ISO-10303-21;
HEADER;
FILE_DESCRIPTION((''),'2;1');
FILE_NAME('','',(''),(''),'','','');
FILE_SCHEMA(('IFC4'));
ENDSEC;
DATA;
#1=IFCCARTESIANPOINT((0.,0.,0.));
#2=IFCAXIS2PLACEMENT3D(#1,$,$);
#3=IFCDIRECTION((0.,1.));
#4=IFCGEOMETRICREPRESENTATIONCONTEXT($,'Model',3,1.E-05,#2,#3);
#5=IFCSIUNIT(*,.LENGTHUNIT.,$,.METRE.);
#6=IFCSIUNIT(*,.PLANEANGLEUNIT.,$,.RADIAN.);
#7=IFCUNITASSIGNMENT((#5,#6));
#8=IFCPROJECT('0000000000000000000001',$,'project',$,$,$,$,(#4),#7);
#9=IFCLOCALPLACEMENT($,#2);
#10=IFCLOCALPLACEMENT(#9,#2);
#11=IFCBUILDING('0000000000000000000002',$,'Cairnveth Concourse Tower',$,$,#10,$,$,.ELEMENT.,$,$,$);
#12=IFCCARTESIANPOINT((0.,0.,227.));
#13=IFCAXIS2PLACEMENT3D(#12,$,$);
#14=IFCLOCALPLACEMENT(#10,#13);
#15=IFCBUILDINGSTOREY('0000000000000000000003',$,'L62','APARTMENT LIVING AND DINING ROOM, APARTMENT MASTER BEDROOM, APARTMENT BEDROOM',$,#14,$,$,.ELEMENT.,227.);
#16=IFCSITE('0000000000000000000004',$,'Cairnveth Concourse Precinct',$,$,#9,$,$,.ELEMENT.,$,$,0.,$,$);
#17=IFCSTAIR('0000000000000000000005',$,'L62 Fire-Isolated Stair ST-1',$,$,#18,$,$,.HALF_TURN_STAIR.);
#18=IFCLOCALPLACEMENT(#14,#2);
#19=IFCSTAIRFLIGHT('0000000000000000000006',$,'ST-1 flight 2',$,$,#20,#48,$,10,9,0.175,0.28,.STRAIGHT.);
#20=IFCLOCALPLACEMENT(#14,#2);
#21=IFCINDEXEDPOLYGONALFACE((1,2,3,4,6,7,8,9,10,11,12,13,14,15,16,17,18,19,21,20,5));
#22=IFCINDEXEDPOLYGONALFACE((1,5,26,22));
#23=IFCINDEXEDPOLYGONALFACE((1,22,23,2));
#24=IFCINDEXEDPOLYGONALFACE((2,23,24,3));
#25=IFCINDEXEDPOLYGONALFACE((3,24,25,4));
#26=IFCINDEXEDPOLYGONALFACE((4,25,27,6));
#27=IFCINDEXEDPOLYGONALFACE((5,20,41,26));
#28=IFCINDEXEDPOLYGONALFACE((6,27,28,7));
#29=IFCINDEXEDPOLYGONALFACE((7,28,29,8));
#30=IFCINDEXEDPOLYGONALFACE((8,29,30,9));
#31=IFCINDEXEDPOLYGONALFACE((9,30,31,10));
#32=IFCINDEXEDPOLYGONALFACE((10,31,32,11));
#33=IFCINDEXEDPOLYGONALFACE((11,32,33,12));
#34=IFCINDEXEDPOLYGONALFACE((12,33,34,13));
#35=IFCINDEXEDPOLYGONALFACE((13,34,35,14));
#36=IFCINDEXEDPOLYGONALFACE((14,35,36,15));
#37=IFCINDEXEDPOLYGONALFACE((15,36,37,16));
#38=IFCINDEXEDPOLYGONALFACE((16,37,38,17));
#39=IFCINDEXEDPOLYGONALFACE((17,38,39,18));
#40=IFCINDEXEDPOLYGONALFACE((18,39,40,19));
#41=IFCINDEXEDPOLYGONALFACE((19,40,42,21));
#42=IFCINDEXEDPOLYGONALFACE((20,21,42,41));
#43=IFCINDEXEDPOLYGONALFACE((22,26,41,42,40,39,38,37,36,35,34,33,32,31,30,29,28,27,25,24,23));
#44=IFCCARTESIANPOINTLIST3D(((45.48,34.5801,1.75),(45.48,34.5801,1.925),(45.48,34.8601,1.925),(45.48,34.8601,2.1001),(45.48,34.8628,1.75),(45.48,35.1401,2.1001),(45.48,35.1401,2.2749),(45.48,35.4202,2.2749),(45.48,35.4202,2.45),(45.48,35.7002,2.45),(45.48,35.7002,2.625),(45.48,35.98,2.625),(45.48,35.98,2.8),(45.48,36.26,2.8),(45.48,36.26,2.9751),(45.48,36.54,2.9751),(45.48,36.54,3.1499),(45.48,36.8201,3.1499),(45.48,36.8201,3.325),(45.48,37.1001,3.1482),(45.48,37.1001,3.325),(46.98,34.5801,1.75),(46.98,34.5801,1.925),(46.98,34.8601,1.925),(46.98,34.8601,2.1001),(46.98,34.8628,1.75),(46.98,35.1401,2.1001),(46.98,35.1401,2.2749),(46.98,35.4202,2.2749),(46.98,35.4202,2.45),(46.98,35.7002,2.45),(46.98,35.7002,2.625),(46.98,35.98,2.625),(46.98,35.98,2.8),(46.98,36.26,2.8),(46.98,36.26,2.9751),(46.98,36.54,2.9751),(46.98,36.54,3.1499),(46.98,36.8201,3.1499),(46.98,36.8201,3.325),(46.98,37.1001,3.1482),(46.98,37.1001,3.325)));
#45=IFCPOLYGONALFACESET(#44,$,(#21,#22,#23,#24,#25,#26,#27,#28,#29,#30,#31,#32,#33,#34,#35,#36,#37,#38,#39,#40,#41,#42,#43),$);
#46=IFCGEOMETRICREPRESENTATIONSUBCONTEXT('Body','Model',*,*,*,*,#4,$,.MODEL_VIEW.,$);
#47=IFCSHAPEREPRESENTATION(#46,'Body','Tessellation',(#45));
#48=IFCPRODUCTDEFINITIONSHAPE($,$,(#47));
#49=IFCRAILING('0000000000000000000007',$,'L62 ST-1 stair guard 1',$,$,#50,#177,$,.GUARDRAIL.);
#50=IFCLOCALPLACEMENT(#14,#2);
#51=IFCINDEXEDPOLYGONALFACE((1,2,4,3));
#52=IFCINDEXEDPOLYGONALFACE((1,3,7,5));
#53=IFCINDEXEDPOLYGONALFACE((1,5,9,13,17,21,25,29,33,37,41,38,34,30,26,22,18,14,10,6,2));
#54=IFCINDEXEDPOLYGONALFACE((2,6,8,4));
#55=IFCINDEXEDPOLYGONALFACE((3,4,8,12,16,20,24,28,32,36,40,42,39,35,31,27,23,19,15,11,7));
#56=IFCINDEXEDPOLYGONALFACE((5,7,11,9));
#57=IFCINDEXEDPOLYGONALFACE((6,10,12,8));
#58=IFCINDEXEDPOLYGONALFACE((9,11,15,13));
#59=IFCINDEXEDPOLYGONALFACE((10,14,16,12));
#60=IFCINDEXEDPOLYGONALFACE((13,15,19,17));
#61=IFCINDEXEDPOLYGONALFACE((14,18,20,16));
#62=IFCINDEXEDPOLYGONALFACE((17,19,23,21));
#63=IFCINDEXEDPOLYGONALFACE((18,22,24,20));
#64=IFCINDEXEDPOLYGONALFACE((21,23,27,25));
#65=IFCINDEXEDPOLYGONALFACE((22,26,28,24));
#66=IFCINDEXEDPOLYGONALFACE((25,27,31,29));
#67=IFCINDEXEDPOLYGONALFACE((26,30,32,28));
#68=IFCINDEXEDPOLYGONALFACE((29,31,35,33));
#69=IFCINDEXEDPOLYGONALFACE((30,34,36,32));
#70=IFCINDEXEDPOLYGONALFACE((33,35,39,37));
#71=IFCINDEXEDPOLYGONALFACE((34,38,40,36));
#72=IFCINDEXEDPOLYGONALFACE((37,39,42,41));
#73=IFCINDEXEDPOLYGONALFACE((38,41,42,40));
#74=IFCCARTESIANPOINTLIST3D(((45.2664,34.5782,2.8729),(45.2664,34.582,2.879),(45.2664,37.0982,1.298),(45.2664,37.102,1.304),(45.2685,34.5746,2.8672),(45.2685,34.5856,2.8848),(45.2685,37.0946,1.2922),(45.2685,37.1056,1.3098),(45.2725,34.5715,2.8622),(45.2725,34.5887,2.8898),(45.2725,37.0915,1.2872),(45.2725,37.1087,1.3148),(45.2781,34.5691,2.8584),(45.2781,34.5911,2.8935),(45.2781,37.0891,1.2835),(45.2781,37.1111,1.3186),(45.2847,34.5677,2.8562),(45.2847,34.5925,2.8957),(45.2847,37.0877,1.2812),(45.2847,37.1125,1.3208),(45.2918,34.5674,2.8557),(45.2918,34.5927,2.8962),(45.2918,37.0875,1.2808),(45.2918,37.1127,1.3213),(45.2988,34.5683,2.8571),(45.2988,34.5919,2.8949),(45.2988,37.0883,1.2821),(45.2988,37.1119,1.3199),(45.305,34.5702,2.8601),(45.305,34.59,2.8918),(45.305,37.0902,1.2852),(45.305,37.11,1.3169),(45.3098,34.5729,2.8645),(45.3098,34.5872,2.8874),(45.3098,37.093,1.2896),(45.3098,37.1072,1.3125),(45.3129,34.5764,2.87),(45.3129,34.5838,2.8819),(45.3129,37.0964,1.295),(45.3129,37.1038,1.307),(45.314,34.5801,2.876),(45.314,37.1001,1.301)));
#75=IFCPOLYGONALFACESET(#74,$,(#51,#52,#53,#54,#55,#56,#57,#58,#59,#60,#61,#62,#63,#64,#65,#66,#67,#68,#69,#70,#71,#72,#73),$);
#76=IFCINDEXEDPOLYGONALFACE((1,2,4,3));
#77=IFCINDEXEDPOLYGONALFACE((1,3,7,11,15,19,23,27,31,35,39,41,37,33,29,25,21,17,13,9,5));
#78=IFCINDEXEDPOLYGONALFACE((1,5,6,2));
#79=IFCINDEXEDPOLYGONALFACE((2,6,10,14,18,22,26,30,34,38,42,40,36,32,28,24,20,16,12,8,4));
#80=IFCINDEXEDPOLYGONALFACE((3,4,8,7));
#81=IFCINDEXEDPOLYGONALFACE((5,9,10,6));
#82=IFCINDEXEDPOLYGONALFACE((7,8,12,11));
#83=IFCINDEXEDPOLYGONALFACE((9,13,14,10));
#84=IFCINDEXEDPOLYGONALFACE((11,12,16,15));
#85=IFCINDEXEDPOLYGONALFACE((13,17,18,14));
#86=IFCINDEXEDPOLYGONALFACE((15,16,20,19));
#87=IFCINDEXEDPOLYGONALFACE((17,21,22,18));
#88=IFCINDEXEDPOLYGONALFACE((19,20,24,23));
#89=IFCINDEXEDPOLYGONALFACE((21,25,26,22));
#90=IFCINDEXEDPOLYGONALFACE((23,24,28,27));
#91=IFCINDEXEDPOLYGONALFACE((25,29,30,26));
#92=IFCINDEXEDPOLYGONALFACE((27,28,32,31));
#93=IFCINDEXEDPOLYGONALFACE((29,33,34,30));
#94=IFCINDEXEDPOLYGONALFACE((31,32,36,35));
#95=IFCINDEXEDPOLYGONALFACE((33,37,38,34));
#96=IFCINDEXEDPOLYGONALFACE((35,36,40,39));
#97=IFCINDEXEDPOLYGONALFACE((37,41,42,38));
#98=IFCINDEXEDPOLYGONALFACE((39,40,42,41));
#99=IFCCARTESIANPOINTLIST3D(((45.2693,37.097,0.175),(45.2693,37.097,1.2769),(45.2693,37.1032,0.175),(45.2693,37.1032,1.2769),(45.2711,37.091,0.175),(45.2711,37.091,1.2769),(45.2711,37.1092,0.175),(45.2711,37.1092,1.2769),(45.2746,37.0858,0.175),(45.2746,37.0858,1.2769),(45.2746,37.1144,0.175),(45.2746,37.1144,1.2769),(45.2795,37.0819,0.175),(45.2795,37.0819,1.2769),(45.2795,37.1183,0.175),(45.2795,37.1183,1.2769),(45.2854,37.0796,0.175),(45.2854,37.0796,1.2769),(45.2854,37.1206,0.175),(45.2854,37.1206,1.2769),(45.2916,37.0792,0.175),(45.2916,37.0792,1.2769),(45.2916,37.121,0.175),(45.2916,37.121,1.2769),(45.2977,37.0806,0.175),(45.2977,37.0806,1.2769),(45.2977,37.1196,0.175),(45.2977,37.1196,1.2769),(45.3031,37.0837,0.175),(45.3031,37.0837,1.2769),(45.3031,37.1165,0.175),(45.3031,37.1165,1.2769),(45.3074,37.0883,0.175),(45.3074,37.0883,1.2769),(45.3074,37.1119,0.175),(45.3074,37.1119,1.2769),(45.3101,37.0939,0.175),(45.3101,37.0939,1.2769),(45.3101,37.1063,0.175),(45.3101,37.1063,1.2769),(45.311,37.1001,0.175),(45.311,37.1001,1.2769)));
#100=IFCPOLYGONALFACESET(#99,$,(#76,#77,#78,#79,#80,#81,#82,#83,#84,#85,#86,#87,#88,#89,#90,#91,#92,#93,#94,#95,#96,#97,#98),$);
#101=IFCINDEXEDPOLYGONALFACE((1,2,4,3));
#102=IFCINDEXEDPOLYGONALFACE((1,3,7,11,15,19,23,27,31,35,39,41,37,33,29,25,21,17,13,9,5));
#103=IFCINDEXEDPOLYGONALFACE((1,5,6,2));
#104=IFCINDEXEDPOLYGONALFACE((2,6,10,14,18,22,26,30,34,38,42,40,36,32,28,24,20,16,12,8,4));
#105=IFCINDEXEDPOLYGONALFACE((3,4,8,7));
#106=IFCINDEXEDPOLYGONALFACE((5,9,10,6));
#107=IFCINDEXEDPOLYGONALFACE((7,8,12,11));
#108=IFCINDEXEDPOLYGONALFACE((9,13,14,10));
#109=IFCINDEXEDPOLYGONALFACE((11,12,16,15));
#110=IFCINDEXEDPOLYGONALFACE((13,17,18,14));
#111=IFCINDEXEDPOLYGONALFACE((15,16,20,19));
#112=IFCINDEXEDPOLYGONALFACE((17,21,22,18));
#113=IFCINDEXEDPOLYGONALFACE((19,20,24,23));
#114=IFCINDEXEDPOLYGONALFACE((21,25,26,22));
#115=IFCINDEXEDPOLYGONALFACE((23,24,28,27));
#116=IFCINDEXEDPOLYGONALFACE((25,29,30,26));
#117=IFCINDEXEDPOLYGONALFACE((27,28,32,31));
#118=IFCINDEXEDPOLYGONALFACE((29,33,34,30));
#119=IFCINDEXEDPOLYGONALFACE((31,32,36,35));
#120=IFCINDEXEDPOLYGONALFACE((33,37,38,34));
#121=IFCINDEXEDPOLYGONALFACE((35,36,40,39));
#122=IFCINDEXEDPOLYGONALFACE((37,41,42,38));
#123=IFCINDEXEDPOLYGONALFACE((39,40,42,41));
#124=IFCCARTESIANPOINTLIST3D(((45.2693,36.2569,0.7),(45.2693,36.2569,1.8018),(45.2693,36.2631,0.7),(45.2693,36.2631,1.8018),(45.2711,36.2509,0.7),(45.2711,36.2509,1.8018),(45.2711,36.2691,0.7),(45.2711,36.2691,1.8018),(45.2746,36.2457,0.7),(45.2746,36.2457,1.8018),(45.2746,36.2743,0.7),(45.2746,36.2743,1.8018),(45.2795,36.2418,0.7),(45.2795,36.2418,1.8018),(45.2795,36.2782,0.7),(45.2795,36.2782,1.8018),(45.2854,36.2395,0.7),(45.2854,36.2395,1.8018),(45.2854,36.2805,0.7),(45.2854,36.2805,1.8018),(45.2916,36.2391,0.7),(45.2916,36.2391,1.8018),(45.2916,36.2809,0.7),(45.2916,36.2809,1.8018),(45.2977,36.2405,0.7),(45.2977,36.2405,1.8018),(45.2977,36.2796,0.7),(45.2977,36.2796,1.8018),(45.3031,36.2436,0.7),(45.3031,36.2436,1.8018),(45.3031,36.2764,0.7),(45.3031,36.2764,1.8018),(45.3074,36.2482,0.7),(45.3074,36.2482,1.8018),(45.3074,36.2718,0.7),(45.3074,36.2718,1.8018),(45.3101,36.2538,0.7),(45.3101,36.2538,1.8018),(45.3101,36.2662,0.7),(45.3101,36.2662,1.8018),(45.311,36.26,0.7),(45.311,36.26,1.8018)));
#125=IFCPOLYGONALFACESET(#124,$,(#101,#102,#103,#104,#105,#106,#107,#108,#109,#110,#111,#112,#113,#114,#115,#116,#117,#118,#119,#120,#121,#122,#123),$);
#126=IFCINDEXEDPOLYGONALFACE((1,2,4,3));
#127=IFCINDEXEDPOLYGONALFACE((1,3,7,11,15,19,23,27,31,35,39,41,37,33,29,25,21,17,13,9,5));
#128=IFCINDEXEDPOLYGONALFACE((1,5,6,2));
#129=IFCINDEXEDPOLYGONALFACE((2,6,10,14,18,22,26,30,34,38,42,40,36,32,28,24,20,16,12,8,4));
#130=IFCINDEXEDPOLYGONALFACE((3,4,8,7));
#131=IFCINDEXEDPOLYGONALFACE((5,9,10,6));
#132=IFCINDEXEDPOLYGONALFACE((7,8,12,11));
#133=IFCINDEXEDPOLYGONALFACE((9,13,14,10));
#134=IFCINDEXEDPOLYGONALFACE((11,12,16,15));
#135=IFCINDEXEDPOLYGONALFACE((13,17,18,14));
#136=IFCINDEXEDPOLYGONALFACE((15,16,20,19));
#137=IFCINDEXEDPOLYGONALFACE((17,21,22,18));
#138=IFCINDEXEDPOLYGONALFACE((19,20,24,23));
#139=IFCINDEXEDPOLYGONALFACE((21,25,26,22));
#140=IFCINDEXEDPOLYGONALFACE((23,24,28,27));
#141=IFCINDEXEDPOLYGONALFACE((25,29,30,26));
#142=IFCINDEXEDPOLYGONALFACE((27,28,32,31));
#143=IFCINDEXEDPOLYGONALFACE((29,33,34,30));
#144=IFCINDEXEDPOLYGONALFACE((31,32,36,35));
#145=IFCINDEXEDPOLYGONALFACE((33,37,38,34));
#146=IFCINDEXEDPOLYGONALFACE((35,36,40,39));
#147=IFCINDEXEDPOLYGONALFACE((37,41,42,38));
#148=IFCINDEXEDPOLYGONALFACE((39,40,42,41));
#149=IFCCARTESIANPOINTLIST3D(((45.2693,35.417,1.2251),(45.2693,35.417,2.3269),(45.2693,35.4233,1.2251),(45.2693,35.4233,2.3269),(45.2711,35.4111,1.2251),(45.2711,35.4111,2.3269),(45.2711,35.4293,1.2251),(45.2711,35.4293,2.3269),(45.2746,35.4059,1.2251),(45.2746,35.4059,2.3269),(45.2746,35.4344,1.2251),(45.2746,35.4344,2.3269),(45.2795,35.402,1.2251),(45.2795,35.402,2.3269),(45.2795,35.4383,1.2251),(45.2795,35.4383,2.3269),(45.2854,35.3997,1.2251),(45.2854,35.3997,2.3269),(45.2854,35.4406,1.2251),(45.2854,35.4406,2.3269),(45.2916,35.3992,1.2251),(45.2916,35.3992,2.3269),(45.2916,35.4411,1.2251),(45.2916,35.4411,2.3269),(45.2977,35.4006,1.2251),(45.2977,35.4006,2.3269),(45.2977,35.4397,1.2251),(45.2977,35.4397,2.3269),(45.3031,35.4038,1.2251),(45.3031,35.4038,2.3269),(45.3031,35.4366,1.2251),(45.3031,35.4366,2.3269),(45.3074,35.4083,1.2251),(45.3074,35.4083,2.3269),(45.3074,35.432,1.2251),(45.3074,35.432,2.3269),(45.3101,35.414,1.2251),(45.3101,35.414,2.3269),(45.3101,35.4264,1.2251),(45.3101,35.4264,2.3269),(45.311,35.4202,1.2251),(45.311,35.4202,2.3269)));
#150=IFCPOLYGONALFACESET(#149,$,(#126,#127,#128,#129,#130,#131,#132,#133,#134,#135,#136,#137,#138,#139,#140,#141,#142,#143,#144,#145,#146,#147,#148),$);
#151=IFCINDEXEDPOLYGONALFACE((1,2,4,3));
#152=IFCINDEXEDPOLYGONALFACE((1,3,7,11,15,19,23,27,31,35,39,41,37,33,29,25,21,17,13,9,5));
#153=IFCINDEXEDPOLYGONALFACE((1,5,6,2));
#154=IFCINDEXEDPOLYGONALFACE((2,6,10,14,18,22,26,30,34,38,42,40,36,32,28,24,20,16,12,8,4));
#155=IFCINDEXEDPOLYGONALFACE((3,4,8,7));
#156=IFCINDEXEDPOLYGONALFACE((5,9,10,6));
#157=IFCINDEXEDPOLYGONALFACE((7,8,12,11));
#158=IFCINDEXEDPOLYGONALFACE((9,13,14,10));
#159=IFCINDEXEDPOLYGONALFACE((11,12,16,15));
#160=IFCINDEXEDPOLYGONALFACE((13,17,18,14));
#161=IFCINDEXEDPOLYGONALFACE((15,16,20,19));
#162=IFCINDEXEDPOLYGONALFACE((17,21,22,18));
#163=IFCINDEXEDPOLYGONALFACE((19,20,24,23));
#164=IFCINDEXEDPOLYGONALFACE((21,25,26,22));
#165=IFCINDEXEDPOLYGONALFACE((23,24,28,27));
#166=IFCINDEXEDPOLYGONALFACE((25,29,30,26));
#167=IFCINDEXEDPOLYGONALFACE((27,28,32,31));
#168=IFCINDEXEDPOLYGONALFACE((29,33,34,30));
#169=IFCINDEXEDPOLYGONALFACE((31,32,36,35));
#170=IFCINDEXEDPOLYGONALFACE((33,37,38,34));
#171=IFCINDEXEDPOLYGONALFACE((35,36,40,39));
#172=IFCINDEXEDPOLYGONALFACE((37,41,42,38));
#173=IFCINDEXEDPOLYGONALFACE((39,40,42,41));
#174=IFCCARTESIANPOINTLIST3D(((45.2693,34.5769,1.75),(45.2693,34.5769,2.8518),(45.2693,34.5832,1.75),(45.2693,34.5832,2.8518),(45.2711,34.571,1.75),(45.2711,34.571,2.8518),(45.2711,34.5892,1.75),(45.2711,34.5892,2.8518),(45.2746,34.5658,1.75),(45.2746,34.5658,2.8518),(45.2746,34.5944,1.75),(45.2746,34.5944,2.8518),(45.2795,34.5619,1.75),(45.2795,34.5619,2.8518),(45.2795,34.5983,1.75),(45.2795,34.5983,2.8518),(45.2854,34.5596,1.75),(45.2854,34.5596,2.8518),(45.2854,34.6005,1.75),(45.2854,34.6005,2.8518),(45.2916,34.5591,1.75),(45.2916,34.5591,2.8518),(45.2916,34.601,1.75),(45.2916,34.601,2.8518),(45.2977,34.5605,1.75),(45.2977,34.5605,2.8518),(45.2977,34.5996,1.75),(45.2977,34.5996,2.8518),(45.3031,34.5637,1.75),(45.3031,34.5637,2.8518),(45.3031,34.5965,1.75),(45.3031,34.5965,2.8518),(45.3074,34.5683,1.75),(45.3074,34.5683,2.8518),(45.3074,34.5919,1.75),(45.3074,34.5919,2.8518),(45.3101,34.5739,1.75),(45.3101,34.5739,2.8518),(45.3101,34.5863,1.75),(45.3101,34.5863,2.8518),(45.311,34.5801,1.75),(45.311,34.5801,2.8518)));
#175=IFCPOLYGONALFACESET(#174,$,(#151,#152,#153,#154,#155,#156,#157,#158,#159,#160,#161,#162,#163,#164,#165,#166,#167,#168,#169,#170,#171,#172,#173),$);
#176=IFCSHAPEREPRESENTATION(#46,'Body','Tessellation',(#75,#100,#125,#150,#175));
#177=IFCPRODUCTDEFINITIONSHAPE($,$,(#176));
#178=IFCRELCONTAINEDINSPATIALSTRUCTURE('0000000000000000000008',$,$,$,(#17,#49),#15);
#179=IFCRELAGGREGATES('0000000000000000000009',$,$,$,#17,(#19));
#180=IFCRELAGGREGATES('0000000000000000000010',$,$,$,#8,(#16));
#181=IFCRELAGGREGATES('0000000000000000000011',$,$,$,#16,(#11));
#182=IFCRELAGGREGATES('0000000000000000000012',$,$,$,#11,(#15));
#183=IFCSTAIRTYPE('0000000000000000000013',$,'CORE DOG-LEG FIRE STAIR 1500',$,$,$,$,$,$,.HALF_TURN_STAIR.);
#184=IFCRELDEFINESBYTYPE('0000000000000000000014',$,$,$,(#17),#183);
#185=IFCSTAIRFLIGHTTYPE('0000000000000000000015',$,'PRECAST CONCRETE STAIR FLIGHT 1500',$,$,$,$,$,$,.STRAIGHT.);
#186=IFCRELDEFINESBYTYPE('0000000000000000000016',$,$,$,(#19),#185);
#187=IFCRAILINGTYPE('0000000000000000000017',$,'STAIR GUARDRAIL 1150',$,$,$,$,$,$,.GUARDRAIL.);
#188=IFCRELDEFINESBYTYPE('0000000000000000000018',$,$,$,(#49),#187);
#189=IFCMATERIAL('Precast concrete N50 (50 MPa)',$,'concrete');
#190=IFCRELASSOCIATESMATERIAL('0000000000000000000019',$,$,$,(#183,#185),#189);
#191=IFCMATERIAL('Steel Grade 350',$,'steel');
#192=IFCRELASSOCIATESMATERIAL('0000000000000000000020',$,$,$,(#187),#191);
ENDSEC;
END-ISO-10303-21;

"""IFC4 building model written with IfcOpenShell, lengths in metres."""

from ifc_helpers import new_model, si_unit, direction, frame, origin, origin_2d, place, context, subcontext, project, spatial, polyline, circle, outline, extrude, material, type_object, element, aggregate, save


model = new_model("IFC4")

# Units and contexts
model_context = context("Model", 3, precision=1e-05, world=origin(), true_north=direction((0.0, 1.0)))
body_context = subcontext(model_context, "Body", "Model", "MODEL_VIEW")
ifc_project = project(units=[si_unit("LENGTHUNIT", "METRE"), si_unit("PLANEANGLEUNIT", "RADIAN")], contexts=[model_context])

# Site, building, storey
site_placement = place(None, origin())
site = spatial("IfcSite", under=ifc_project, at=site_placement, Name="Cairnveth Concourse Precinct", CompositionType="ELEMENT", RefElevation=0.0)
building_placement = place(site_placement, origin())
building = spatial("IfcBuilding", under=site, at=building_placement, Name="Cairnveth Concourse Tower", CompositionType="ELEMENT")
storey_placement = place(building_placement, frame((0.0, 0.0, 227.0)))
storey = spatial("IfcBuildingStorey", under=building, at=storey_placement, Name="L62", Description="APARTMENT LIVING AND DINING ROOM, APARTMENT MASTER BEDROOM, APARTMENT BEDROOM", CompositionType="ELEMENT", Elevation=227.0)

# Shared definitions
ifc_material_1 = material(Name="Steel Grade 350", Category="steel")

# Stair, stair flight
ifc_material_2 = material(Name="Precast concrete N50 (50 MPa)", Category="concrete")
stair_type = type_object("IfcStairType", Name="CORE DOG-LEG FIRE STAIR 1500", PredefinedType="HALF_TURN_STAIR", material=ifc_material_2)
stair_placement = place(storey_placement, origin())
stair = element("IfcStair", 1, at=stair_placement, inside=storey, type_object=stair_type, Name="L62 Fire-Isolated Stair ST-1", PredefinedType="HALF_TURN_STAIR")
stair_flight_type = type_object("IfcStairFlightType", Name="PRECAST CONCRETE STAIR FLIGHT 1500", PredefinedType="STRAIGHT", material=ifc_material_2)
stair_flight_1_placement = place(storey_placement, frame((46.23, 34.5801, 1.75), z_axis=(0.0, 0.0, 1.0), x_axis=(0.0, 1.0, 0.0)))
stair_flight_1 = element("IfcStairFlight", 2, at=stair_flight_1_placement, type_object=stair_flight_type, Name="ST-1 flight 2", NumberOfRisers=10, NumberOfTreads=9, PredefinedType="STRAIGHT", RiserHeight=0.175, TreadLength=0.28, context=body_context, shape_type="SweptSolid", body=[
    extrude(outline(polyline([(0.0, 0.0), (0.0, 0.175), (0.28, 0.175), (0.28, 0.3501), (0.5601, 0.3501), (0.5601, 0.5249), (0.8401, 0.5249), (0.8401, 0.7), (1.1201, 0.7), (1.1201, 0.875), (1.3999, 0.875), (1.3999, 1.05), (1.6799, 1.05), (1.6799, 1.2251), (1.96, 1.2251), (1.96, 1.3999), (2.24, 1.3999), (2.24, 1.575), (2.52, 1.575), (2.52, 1.75), (2.52, 1.3982), (0.2827, 0.0), (0.0, 0.0)])), frame((0.0, 0.75, 0.0), z_axis=(0.0, -1.0, 0.0), x_axis=(1.0, 0.0, 0.0)), (0.0, 0.0, 1.0), 1.5),
])
aggregate(stair, [stair_flight_1])

# Railing
railing_type_1 = type_object("IfcRailingType", Name="STAIR GUARDRAIL 1150", PredefinedType="GUARDRAIL", material=ifc_material_1)
railing_1_placement = place(storey_placement, frame((45.29, 37.1001, 0.175)))
element("IfcRailing", 3, at=railing_1_placement, inside=storey, type_object=railing_type_1, Name="L62 ST-1 stair guard 1", PredefinedType="GUARDRAIL", context=body_context, shape_type="SweptSolid", body=[
    extrude(circle(Radius=0.0239, at=origin_2d()), frame((0.0, 0.0, 1.126), z_axis=(0.0, -0.848008, 0.529984), x_axis=(1.0, 0.0, 0.0)), (0.0, 0.0, 1.0), 2.9717),
    extrude(circle(Radius=0.021, at=origin_2d()), origin(), (0.0, 0.0, 1.0), 1.1018),
    extrude(circle(Radius=0.021, at=origin_2d()), frame((0.0, -0.8401, 0.5249)), (0.0, 0.0, 1.0), 1.1018),
    extrude(circle(Radius=0.021, at=origin_2d()), frame((0.0, -1.6799, 1.05)), (0.0, 0.0, 1.0), 1.1018),
    extrude(circle(Radius=0.021, at=origin_2d()), frame((0.0, -2.52, 1.575)), (0.0, 0.0, 1.0), 1.1018),
])

save(model, "model.ifc")
